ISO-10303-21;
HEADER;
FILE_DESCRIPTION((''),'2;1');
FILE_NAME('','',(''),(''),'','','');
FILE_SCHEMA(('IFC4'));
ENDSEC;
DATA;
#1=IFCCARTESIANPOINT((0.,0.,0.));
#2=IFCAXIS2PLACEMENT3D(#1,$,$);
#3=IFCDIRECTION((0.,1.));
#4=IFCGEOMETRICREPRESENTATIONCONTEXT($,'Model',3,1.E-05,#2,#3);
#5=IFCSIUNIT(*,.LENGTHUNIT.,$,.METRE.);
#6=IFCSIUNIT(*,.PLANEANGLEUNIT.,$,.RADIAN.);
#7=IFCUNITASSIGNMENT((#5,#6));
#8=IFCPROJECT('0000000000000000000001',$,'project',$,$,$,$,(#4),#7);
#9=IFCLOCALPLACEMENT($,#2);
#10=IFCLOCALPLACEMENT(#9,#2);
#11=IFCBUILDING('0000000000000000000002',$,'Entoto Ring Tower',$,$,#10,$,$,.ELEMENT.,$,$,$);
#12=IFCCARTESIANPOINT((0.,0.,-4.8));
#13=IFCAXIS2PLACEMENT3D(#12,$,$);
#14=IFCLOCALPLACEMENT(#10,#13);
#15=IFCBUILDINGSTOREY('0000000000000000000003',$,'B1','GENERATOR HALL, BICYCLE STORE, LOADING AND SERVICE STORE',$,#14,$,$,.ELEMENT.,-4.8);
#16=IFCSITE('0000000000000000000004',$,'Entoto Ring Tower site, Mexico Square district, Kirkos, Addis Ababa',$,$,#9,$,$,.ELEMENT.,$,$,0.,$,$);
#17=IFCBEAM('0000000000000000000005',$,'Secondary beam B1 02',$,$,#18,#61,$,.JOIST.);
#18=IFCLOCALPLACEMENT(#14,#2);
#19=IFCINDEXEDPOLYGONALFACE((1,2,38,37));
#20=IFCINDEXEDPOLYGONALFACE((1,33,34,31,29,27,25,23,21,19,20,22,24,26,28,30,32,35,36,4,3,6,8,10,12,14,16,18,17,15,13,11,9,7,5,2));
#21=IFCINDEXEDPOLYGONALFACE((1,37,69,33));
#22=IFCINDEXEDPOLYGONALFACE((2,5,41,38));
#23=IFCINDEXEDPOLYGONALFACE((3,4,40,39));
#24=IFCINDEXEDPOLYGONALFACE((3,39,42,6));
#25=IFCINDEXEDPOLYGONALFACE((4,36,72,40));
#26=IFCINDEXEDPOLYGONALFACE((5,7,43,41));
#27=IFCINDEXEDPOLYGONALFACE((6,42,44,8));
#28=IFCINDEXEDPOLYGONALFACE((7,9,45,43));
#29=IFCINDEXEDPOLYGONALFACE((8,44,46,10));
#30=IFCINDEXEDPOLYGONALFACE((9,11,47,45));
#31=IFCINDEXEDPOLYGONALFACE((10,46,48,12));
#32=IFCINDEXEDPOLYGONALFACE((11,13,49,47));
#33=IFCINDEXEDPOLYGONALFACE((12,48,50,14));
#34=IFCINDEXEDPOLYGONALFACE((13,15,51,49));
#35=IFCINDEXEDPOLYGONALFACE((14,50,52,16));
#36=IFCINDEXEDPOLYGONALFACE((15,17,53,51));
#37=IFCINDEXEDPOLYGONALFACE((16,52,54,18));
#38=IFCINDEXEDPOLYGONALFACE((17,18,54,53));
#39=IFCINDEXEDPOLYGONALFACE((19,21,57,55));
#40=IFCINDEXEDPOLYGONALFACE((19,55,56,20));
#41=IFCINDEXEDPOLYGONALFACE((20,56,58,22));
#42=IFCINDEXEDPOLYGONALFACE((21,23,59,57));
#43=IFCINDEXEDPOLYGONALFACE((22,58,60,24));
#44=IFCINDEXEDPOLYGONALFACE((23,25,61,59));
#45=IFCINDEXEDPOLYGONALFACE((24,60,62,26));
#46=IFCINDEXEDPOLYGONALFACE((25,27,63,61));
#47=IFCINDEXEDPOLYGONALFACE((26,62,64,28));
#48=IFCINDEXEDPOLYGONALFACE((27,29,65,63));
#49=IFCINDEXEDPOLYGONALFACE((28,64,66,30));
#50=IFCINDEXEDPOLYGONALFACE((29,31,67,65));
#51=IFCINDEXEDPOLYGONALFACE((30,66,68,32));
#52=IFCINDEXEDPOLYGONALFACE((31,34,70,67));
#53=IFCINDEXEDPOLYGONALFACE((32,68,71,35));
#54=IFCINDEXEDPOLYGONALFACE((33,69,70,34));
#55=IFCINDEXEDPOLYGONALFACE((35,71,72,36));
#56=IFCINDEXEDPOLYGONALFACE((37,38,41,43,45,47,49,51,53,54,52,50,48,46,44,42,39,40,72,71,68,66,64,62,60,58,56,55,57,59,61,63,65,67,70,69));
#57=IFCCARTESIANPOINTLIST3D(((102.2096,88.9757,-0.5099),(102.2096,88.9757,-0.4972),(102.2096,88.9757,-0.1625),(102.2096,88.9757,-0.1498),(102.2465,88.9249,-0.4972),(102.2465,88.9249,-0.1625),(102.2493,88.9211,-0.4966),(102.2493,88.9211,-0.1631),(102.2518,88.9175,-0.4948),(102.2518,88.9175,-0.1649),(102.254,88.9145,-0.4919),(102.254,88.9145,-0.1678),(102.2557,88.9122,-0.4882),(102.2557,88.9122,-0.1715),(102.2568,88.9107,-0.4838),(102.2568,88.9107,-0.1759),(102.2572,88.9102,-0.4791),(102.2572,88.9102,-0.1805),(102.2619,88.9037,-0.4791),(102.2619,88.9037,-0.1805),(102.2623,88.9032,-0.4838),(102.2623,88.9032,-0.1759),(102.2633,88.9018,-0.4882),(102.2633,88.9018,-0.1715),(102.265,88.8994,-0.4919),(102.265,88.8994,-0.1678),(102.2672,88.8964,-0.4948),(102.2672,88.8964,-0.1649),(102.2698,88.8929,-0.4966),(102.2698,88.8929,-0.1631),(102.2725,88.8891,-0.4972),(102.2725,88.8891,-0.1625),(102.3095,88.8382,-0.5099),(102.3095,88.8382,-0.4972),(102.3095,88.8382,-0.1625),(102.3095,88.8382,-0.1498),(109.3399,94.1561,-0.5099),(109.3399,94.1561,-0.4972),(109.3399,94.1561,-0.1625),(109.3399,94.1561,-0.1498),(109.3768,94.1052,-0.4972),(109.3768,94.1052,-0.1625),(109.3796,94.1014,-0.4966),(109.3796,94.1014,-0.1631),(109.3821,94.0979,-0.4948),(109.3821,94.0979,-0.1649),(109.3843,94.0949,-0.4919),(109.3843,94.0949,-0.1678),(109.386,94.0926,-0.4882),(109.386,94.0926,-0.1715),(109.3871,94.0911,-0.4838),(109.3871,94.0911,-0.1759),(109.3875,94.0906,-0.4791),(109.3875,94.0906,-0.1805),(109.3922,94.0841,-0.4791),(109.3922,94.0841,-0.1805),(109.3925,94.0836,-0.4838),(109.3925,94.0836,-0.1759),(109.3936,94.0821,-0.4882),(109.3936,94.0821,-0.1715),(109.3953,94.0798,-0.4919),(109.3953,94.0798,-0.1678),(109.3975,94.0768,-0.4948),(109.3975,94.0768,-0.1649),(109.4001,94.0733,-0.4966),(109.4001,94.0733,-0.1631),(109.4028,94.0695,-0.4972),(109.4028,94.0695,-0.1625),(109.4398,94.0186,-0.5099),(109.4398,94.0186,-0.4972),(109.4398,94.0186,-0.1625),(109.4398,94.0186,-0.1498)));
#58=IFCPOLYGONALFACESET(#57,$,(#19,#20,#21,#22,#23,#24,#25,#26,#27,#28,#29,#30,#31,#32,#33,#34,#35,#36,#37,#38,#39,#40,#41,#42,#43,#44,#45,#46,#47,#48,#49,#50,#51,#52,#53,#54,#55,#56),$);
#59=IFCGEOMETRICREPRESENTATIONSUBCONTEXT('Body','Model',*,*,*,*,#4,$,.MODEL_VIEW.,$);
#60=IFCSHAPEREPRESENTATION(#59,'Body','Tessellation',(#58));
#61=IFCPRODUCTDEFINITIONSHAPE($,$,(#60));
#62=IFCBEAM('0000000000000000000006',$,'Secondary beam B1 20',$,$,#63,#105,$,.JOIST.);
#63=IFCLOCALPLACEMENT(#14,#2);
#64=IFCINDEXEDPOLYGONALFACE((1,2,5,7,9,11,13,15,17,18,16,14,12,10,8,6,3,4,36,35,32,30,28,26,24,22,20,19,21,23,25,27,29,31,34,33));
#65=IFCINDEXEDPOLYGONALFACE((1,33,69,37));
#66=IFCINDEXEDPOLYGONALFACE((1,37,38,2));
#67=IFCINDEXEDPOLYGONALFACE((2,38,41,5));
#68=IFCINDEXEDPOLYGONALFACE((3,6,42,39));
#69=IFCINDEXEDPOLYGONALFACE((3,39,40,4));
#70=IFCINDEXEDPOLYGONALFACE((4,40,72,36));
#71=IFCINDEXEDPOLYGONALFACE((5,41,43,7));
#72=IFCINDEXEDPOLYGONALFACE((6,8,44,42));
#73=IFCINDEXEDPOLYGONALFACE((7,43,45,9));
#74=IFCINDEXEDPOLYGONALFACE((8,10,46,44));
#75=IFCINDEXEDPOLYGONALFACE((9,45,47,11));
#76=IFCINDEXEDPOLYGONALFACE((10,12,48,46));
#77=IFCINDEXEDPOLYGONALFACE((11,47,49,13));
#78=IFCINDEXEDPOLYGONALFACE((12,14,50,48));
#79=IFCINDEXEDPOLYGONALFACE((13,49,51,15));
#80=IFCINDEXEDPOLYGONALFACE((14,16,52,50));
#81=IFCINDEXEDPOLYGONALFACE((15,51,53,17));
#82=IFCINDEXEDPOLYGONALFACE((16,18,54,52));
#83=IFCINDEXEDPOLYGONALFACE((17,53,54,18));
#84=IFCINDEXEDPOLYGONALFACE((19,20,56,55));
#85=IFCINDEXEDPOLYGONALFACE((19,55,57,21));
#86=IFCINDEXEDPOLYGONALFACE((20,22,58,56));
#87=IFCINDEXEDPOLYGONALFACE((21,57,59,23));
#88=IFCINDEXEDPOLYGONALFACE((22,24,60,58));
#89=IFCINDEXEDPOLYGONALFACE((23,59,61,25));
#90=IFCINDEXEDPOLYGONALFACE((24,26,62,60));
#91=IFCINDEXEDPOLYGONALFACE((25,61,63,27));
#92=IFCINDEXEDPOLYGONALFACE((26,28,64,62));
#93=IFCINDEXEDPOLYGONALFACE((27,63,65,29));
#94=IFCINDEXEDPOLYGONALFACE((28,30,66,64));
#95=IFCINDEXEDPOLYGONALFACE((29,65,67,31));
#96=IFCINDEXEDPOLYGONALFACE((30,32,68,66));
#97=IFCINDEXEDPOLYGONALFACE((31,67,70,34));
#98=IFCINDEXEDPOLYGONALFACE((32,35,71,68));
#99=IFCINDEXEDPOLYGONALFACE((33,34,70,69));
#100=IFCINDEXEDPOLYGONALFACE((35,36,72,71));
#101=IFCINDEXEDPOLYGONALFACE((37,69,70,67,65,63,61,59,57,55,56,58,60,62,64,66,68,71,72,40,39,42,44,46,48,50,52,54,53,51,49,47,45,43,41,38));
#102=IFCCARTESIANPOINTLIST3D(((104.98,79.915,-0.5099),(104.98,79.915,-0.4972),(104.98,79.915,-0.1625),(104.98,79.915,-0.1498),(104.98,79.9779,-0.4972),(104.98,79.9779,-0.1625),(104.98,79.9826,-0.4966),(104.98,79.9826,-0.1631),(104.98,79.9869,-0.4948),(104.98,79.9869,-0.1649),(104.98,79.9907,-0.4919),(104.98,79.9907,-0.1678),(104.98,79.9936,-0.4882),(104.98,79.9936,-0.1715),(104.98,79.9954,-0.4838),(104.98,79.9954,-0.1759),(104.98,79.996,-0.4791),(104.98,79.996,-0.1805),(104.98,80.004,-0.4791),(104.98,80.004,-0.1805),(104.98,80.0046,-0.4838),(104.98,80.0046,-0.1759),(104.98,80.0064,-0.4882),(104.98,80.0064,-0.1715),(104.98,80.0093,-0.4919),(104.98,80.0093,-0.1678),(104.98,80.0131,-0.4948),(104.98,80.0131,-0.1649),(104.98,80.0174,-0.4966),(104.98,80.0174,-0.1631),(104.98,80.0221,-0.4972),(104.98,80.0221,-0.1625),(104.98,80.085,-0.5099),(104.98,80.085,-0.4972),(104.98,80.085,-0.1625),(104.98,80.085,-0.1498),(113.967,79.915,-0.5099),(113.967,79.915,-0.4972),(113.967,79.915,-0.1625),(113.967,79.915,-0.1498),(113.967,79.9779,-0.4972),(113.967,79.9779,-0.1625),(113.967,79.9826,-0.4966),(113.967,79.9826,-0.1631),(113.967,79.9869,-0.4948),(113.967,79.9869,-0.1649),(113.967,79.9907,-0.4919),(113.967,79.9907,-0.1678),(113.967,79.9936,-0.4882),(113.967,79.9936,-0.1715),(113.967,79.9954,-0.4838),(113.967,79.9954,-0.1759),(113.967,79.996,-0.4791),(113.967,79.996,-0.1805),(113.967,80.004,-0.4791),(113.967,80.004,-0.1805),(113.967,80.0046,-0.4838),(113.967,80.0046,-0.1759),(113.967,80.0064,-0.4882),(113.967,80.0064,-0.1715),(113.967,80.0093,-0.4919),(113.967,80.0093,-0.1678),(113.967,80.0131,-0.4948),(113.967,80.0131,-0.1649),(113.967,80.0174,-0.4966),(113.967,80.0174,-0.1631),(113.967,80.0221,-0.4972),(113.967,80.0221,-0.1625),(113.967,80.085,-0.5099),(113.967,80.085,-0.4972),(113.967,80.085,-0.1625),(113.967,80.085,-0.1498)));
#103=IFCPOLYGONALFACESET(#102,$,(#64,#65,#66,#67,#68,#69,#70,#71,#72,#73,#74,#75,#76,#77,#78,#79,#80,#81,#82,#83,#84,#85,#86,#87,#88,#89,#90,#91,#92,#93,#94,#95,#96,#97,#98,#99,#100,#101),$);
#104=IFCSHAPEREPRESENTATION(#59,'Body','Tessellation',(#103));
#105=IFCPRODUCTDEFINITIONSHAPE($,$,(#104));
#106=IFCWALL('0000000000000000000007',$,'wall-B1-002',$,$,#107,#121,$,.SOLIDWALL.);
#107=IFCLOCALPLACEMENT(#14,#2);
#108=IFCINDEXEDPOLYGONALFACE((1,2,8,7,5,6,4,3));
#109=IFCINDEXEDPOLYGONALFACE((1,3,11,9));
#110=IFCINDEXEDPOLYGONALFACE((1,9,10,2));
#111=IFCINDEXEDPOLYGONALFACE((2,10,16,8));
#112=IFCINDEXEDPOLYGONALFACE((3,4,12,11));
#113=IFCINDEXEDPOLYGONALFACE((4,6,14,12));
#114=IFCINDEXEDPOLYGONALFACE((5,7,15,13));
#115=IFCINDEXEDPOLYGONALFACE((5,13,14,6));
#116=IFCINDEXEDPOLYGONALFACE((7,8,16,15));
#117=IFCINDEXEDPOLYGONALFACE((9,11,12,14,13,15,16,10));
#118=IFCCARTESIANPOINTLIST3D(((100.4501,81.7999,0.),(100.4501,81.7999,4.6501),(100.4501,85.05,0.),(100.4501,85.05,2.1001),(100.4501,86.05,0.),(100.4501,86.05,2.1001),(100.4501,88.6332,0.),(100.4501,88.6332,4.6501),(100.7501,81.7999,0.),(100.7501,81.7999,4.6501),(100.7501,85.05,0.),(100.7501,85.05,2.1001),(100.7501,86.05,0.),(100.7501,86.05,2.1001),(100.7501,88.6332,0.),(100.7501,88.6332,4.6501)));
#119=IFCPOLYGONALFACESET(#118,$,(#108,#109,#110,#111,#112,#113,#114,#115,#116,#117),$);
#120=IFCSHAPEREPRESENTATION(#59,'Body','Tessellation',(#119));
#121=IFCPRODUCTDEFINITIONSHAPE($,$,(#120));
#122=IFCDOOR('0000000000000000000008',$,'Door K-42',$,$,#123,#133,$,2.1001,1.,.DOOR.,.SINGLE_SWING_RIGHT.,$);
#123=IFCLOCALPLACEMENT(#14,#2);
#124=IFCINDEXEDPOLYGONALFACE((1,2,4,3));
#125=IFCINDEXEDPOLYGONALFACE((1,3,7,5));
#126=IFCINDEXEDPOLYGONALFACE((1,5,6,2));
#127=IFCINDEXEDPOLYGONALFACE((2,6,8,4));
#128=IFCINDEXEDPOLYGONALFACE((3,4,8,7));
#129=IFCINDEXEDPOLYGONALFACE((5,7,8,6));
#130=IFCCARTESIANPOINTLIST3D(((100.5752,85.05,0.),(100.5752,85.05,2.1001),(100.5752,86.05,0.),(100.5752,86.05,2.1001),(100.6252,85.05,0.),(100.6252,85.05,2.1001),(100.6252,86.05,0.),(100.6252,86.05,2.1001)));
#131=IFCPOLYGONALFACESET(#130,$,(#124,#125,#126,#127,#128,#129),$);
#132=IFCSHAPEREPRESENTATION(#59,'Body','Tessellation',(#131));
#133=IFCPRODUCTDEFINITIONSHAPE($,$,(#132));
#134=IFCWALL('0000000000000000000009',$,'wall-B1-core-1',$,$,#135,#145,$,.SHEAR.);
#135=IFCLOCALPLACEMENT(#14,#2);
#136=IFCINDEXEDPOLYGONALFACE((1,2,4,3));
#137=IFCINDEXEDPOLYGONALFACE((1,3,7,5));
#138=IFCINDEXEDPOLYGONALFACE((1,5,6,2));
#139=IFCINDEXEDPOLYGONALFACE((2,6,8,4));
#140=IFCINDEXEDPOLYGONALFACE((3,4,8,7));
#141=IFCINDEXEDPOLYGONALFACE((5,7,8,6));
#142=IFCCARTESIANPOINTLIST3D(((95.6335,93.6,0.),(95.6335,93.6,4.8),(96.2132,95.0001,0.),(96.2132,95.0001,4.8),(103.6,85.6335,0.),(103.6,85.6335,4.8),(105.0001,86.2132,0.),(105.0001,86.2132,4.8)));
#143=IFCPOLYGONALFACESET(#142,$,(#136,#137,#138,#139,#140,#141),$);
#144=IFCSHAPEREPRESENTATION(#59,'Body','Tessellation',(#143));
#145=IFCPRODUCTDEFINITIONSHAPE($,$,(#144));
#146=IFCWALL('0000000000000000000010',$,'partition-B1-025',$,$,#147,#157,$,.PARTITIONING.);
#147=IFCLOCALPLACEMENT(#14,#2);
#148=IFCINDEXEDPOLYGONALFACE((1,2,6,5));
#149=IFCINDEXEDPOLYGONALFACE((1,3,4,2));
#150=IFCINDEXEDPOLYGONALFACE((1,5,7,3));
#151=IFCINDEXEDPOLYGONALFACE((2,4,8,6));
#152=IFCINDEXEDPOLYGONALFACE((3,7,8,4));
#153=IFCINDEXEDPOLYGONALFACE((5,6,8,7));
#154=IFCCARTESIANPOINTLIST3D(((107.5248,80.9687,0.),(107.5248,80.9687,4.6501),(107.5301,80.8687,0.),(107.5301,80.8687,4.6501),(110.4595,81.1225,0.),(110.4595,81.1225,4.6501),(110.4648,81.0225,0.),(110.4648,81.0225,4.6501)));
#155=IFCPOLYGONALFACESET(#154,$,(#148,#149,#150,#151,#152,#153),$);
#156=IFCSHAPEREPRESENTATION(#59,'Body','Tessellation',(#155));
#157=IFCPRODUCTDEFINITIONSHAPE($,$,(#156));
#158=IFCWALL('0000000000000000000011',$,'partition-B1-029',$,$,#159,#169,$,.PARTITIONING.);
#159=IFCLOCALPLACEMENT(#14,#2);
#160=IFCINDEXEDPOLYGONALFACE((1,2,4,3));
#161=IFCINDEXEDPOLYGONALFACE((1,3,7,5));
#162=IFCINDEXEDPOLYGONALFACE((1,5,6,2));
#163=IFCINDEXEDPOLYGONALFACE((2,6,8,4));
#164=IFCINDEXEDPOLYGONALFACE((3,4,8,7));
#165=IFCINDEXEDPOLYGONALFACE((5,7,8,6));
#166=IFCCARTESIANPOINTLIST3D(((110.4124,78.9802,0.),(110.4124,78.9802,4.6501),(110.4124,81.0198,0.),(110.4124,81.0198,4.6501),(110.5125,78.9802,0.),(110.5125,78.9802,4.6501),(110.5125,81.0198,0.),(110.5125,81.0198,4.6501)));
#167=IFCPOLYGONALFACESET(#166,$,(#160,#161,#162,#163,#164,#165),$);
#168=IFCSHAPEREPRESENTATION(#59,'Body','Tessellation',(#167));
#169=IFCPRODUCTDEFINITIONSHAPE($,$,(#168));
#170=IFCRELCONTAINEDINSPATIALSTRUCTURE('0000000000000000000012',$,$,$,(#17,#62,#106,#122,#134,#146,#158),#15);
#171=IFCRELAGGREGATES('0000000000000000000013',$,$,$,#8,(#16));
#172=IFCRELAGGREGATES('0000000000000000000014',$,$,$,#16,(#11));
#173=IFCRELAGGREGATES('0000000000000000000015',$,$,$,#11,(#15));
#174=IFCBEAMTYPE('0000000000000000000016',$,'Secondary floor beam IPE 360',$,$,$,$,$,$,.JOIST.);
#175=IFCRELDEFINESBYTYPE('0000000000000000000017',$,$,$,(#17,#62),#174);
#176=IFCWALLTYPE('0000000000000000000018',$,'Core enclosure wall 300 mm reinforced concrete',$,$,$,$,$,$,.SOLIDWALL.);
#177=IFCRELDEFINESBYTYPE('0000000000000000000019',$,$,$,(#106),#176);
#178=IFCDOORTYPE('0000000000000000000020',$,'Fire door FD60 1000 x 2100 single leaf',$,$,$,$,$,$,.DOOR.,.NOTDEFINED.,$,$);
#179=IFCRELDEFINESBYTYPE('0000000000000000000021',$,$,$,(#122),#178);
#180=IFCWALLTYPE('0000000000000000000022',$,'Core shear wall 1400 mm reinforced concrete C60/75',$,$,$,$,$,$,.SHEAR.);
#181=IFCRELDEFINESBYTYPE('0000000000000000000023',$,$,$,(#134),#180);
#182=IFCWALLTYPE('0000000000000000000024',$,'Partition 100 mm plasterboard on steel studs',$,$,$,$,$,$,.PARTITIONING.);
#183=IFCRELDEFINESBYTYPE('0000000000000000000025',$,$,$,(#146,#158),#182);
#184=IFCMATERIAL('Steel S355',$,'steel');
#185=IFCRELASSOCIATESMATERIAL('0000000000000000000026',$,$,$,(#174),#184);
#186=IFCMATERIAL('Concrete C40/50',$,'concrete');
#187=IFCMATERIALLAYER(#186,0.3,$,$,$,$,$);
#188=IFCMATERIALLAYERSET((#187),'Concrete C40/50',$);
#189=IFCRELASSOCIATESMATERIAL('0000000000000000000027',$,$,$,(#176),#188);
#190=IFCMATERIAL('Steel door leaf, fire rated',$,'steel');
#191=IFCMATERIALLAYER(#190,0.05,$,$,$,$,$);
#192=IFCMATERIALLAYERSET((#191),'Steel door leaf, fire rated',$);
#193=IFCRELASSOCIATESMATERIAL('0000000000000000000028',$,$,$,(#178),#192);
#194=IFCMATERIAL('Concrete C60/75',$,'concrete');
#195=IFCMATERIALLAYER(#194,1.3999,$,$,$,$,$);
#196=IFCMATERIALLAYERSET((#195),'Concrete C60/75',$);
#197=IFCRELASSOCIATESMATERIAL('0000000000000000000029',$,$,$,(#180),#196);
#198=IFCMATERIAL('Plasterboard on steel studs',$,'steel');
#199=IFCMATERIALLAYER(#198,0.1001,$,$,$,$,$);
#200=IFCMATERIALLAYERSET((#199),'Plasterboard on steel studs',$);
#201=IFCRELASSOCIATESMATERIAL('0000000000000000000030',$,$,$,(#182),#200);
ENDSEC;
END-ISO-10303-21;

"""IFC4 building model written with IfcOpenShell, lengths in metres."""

from ifc_helpers import new_model, si_unit, direction, frame, frame_2d, origin, origin_2d, place, context, subcontext, project, spatial, polyline, rectangle, i_section, outline, extrude, material, layer, layer_set, material_profile, profile_set, type_object, element, fill, save


model = new_model("IFC4")

# Units and contexts
model_context = context("Model", 3, precision=1e-05, world=origin(), true_north=direction((0.0, 1.0)))
body_context = subcontext(model_context, "Body", "Model", "MODEL_VIEW")
ifc_project = project(units=[si_unit("LENGTHUNIT", "METRE"), si_unit("PLANEANGLEUNIT", "RADIAN")], contexts=[model_context])

# Site, building, storey
site_placement = place(None, origin())
site = spatial("IfcSite", under=ifc_project, at=site_placement, Name="Entoto Ring Tower site, Mexico Square district, Kirkos, Addis Ababa", CompositionType="ELEMENT", RefElevation=0.0)
building_placement = place(site_placement, origin())
building = spatial("IfcBuilding", under=site, at=building_placement, Name="Entoto Ring Tower", CompositionType="ELEMENT")
storey_placement = place(building_placement, frame((0.0, 0.0, -4.8)))
storey = spatial("IfcBuildingStorey", under=building, at=storey_placement, Name="B1", Description="GENERATOR HALL, BICYCLE STORE, LOADING AND SERVICE STORE", CompositionType="ELEMENT", Elevation=-4.8)

# Beams
ifc_material_1 = material(Name="Steel S355", Category="steel")
ifc_material_profile_1 = material_profile(ifc_material_1, i_section(OverallWidth=0.1699, OverallDepth=0.3601, WebThickness=0.0081, FlangeThickness=0.0127, FilletRadius=0.0181, at=origin_2d()), Name="IPE 360")
ifc_profile_set_1 = profile_set([ifc_material_profile_1], Name="Steel S355")
beam_type_1 = type_object("IfcBeamType", Name="Secondary floor beam IPE 360", PredefinedType="JOIST", material=ifc_profile_set_1)
beam_1_placement = place(storey_placement, frame((102.2595, 88.907, -0.3298), z_axis=(0.809022, 0.587778, 0.0), x_axis=(-0.587778, 0.809022, 0.0)))
element("IfcBeam", 1, at=beam_1_placement, inside=storey, type_object=beam_type_1, Name="Secondary beam B1 02", PredefinedType="JOIST", context=body_context, shape_type="SweptSolid", body=[
    extrude(i_section(OverallWidth=0.1699, OverallDepth=0.3601, WebThickness=0.0081, FlangeThickness=0.0127, FilletRadius=0.0181, at=origin_2d()), origin(), (0.0, 0.0, 1.0), 8.8135),
])
beam_2_placement = place(storey_placement, frame((104.98, 80.0, -0.3298), z_axis=(1.0, 0.0, 0.0), x_axis=(0.0, 1.0, 0.0)))
element("IfcBeam", 2, at=beam_2_placement, inside=storey, type_object=beam_type_1, Name="Secondary beam B1 20", PredefinedType="JOIST", context=body_context, shape_type="SweptSolid", body=[
    extrude(i_section(OverallWidth=0.1699, OverallDepth=0.3601, WebThickness=0.0081, FlangeThickness=0.0127, FilletRadius=0.0181, at=origin_2d()), origin(), (0.0, 0.0, 1.0), 8.9871),
])

# Wall, opening, door
ifc_material_2 = material(Name="Concrete C40/50", Category="concrete")
ifc_layer_1 = layer(ifc_material_2, 0.3)
ifc_layer_set_1 = layer_set([ifc_layer_1], Name="Concrete C40/50")
wall_type_1 = type_object("IfcWallType", Name="Core enclosure wall 300 mm reinforced concrete", PredefinedType="SOLIDWALL", material=ifc_layer_set_1)
wall_1_placement = place(storey_placement, frame((100.6001, 81.8, 0.0), z_axis=(0.0, 0.0, 1.0), x_axis=(0.0, 1.0, 0.0)))
wall_1 = element("IfcWall", 3, at=wall_1_placement, inside=storey, type_object=wall_type_1, Name="wall-B1-002", PredefinedType="SOLIDWALL", context=body_context, shape_type="SweptSolid", body=[
    extrude(rectangle(XDim=6.8333, YDim=0.3, at=frame_2d((3.4165, 0.0))), origin(), (0.0, 0.0, 1.0), 4.6501),
])
opening_1_placement = place(wall_1_placement, frame((3.25, 0.0, 0.0)))
opening_1 = element("IfcOpeningElement", 4, at=opening_1_placement, cuts=wall_1, PredefinedType="OPENING", context=body_context, shape_type="SweptSolid", body=[
    extrude(rectangle(XDim=1.0, YDim=2.1001, at=frame_2d((0.5, 1.05))), frame((0.0, 0.1602, 0.0), z_axis=(0.0, -1.0, 0.0), x_axis=(1.0, 0.0, 0.0)), (0.0, 0.0, 1.0), 0.3201),
])
ifc_material_3 = material(Name="Steel door leaf, fire rated", Category="steel")
ifc_layer_2 = layer(ifc_material_3, 0.05)
ifc_layer_set_2 = layer_set([ifc_layer_2], Name="Steel door leaf, fire rated")
door_type_1 = type_object("IfcDoorType", Name="Fire door FD60 1000 x 2100 single leaf", OperationType="NOTDEFINED", PredefinedType="DOOR", material=ifc_layer_set_2)
door_1_placement = place(opening_1_placement, origin())
door_1 = element("IfcDoor", 5, at=door_1_placement, inside=storey, type_object=door_type_1, Name="Door K-42", OperationType="SINGLE_SWING_RIGHT", OverallHeight=2.1001, OverallWidth=1.0, PredefinedType="DOOR", context=body_context, shape_type="SweptSolid", body=[
    extrude(rectangle(XDim=1.0, YDim=2.1001, at=frame_2d((0.5, 1.05))), frame((0.0, 0.0249, 0.0), z_axis=(0.0, -1.0, 0.0), x_axis=(1.0, 0.0, 0.0)), (0.0, 0.0, 1.0), 0.05),
])
fill(opening_1, door_1)

# Walls
ifc_material_4 = material(Name="Concrete C60/75", Category="concrete")
ifc_layer_3 = layer(ifc_material_4, 1.3999)
ifc_layer_set_3 = layer_set([ifc_layer_3], Name="Concrete C60/75")
wall_type_2 = type_object("IfcWallType", Name="Core shear wall 1400 mm reinforced concrete C60/75", PredefinedType="SHEAR", material=ifc_layer_set_3)
wall_2_placement = place(storey_placement, frame((104.3, 85.9233, 0.0), z_axis=(0.0, 0.0, 1.0), x_axis=(-0.707107, 0.707107, 0.0)))
element("IfcWall", 6, at=wall_2_placement, inside=storey, type_object=wall_type_2, Name="wall-B1-core-1", PredefinedType="SHEAR", context=body_context, shape_type="SweptSolid", body=[
    extrude(outline(polyline([(-0.29, -0.7), (12.1365, -0.7), (11.5564, 0.7), (0.29, 0.7), (-0.29, -0.7)])), origin(), (0.0, 0.0, 1.0), 4.8),
])
ifc_material_5 = material(Name="Plasterboard on steel studs", Category="steel")
ifc_layer_4 = layer(ifc_material_5, 0.1001)
ifc_layer_set_4 = layer_set([ifc_layer_4], Name="Plasterboard on steel studs")
wall_type_3 = type_object("IfcWallType", Name="Partition 100 mm plasterboard on steel studs", PredefinedType="PARTITIONING", material=ifc_layer_set_4)
wall_3_placement = place(storey_placement, frame((107.5276, 80.9187, 0.0), z_axis=(0.0, 0.0, 1.0), x_axis=(0.99863, 0.052336, 0.0)))
element("IfcWall", 7, at=wall_3_placement, inside=storey, type_object=wall_type_3, Name="partition-B1-025", PredefinedType="PARTITIONING", context=body_context, shape_type="SweptSolid", body=[
    extrude(rectangle(XDim=2.9387, YDim=0.1001, at=frame_2d((1.4692, 0.0))), origin(), (0.0, 0.0, 1.0), 4.6501),
])
wall_4_placement = place(storey_placement, frame((110.4624, 78.9802, 0.0), z_axis=(0.0, 0.0, 1.0), x_axis=(0.0, 1.0, 0.0)))
element("IfcWall", 8, at=wall_4_placement, inside=storey, type_object=wall_type_3, Name="partition-B1-029", PredefinedType="PARTITIONING", context=body_context, shape_type="SweptSolid", body=[
    extrude(rectangle(XDim=2.0396, YDim=0.1001, at=frame_2d((1.0198, 0.0))), origin(), (0.0, 0.0, 1.0), 4.6501),
])

save(model, "model.ifc")
